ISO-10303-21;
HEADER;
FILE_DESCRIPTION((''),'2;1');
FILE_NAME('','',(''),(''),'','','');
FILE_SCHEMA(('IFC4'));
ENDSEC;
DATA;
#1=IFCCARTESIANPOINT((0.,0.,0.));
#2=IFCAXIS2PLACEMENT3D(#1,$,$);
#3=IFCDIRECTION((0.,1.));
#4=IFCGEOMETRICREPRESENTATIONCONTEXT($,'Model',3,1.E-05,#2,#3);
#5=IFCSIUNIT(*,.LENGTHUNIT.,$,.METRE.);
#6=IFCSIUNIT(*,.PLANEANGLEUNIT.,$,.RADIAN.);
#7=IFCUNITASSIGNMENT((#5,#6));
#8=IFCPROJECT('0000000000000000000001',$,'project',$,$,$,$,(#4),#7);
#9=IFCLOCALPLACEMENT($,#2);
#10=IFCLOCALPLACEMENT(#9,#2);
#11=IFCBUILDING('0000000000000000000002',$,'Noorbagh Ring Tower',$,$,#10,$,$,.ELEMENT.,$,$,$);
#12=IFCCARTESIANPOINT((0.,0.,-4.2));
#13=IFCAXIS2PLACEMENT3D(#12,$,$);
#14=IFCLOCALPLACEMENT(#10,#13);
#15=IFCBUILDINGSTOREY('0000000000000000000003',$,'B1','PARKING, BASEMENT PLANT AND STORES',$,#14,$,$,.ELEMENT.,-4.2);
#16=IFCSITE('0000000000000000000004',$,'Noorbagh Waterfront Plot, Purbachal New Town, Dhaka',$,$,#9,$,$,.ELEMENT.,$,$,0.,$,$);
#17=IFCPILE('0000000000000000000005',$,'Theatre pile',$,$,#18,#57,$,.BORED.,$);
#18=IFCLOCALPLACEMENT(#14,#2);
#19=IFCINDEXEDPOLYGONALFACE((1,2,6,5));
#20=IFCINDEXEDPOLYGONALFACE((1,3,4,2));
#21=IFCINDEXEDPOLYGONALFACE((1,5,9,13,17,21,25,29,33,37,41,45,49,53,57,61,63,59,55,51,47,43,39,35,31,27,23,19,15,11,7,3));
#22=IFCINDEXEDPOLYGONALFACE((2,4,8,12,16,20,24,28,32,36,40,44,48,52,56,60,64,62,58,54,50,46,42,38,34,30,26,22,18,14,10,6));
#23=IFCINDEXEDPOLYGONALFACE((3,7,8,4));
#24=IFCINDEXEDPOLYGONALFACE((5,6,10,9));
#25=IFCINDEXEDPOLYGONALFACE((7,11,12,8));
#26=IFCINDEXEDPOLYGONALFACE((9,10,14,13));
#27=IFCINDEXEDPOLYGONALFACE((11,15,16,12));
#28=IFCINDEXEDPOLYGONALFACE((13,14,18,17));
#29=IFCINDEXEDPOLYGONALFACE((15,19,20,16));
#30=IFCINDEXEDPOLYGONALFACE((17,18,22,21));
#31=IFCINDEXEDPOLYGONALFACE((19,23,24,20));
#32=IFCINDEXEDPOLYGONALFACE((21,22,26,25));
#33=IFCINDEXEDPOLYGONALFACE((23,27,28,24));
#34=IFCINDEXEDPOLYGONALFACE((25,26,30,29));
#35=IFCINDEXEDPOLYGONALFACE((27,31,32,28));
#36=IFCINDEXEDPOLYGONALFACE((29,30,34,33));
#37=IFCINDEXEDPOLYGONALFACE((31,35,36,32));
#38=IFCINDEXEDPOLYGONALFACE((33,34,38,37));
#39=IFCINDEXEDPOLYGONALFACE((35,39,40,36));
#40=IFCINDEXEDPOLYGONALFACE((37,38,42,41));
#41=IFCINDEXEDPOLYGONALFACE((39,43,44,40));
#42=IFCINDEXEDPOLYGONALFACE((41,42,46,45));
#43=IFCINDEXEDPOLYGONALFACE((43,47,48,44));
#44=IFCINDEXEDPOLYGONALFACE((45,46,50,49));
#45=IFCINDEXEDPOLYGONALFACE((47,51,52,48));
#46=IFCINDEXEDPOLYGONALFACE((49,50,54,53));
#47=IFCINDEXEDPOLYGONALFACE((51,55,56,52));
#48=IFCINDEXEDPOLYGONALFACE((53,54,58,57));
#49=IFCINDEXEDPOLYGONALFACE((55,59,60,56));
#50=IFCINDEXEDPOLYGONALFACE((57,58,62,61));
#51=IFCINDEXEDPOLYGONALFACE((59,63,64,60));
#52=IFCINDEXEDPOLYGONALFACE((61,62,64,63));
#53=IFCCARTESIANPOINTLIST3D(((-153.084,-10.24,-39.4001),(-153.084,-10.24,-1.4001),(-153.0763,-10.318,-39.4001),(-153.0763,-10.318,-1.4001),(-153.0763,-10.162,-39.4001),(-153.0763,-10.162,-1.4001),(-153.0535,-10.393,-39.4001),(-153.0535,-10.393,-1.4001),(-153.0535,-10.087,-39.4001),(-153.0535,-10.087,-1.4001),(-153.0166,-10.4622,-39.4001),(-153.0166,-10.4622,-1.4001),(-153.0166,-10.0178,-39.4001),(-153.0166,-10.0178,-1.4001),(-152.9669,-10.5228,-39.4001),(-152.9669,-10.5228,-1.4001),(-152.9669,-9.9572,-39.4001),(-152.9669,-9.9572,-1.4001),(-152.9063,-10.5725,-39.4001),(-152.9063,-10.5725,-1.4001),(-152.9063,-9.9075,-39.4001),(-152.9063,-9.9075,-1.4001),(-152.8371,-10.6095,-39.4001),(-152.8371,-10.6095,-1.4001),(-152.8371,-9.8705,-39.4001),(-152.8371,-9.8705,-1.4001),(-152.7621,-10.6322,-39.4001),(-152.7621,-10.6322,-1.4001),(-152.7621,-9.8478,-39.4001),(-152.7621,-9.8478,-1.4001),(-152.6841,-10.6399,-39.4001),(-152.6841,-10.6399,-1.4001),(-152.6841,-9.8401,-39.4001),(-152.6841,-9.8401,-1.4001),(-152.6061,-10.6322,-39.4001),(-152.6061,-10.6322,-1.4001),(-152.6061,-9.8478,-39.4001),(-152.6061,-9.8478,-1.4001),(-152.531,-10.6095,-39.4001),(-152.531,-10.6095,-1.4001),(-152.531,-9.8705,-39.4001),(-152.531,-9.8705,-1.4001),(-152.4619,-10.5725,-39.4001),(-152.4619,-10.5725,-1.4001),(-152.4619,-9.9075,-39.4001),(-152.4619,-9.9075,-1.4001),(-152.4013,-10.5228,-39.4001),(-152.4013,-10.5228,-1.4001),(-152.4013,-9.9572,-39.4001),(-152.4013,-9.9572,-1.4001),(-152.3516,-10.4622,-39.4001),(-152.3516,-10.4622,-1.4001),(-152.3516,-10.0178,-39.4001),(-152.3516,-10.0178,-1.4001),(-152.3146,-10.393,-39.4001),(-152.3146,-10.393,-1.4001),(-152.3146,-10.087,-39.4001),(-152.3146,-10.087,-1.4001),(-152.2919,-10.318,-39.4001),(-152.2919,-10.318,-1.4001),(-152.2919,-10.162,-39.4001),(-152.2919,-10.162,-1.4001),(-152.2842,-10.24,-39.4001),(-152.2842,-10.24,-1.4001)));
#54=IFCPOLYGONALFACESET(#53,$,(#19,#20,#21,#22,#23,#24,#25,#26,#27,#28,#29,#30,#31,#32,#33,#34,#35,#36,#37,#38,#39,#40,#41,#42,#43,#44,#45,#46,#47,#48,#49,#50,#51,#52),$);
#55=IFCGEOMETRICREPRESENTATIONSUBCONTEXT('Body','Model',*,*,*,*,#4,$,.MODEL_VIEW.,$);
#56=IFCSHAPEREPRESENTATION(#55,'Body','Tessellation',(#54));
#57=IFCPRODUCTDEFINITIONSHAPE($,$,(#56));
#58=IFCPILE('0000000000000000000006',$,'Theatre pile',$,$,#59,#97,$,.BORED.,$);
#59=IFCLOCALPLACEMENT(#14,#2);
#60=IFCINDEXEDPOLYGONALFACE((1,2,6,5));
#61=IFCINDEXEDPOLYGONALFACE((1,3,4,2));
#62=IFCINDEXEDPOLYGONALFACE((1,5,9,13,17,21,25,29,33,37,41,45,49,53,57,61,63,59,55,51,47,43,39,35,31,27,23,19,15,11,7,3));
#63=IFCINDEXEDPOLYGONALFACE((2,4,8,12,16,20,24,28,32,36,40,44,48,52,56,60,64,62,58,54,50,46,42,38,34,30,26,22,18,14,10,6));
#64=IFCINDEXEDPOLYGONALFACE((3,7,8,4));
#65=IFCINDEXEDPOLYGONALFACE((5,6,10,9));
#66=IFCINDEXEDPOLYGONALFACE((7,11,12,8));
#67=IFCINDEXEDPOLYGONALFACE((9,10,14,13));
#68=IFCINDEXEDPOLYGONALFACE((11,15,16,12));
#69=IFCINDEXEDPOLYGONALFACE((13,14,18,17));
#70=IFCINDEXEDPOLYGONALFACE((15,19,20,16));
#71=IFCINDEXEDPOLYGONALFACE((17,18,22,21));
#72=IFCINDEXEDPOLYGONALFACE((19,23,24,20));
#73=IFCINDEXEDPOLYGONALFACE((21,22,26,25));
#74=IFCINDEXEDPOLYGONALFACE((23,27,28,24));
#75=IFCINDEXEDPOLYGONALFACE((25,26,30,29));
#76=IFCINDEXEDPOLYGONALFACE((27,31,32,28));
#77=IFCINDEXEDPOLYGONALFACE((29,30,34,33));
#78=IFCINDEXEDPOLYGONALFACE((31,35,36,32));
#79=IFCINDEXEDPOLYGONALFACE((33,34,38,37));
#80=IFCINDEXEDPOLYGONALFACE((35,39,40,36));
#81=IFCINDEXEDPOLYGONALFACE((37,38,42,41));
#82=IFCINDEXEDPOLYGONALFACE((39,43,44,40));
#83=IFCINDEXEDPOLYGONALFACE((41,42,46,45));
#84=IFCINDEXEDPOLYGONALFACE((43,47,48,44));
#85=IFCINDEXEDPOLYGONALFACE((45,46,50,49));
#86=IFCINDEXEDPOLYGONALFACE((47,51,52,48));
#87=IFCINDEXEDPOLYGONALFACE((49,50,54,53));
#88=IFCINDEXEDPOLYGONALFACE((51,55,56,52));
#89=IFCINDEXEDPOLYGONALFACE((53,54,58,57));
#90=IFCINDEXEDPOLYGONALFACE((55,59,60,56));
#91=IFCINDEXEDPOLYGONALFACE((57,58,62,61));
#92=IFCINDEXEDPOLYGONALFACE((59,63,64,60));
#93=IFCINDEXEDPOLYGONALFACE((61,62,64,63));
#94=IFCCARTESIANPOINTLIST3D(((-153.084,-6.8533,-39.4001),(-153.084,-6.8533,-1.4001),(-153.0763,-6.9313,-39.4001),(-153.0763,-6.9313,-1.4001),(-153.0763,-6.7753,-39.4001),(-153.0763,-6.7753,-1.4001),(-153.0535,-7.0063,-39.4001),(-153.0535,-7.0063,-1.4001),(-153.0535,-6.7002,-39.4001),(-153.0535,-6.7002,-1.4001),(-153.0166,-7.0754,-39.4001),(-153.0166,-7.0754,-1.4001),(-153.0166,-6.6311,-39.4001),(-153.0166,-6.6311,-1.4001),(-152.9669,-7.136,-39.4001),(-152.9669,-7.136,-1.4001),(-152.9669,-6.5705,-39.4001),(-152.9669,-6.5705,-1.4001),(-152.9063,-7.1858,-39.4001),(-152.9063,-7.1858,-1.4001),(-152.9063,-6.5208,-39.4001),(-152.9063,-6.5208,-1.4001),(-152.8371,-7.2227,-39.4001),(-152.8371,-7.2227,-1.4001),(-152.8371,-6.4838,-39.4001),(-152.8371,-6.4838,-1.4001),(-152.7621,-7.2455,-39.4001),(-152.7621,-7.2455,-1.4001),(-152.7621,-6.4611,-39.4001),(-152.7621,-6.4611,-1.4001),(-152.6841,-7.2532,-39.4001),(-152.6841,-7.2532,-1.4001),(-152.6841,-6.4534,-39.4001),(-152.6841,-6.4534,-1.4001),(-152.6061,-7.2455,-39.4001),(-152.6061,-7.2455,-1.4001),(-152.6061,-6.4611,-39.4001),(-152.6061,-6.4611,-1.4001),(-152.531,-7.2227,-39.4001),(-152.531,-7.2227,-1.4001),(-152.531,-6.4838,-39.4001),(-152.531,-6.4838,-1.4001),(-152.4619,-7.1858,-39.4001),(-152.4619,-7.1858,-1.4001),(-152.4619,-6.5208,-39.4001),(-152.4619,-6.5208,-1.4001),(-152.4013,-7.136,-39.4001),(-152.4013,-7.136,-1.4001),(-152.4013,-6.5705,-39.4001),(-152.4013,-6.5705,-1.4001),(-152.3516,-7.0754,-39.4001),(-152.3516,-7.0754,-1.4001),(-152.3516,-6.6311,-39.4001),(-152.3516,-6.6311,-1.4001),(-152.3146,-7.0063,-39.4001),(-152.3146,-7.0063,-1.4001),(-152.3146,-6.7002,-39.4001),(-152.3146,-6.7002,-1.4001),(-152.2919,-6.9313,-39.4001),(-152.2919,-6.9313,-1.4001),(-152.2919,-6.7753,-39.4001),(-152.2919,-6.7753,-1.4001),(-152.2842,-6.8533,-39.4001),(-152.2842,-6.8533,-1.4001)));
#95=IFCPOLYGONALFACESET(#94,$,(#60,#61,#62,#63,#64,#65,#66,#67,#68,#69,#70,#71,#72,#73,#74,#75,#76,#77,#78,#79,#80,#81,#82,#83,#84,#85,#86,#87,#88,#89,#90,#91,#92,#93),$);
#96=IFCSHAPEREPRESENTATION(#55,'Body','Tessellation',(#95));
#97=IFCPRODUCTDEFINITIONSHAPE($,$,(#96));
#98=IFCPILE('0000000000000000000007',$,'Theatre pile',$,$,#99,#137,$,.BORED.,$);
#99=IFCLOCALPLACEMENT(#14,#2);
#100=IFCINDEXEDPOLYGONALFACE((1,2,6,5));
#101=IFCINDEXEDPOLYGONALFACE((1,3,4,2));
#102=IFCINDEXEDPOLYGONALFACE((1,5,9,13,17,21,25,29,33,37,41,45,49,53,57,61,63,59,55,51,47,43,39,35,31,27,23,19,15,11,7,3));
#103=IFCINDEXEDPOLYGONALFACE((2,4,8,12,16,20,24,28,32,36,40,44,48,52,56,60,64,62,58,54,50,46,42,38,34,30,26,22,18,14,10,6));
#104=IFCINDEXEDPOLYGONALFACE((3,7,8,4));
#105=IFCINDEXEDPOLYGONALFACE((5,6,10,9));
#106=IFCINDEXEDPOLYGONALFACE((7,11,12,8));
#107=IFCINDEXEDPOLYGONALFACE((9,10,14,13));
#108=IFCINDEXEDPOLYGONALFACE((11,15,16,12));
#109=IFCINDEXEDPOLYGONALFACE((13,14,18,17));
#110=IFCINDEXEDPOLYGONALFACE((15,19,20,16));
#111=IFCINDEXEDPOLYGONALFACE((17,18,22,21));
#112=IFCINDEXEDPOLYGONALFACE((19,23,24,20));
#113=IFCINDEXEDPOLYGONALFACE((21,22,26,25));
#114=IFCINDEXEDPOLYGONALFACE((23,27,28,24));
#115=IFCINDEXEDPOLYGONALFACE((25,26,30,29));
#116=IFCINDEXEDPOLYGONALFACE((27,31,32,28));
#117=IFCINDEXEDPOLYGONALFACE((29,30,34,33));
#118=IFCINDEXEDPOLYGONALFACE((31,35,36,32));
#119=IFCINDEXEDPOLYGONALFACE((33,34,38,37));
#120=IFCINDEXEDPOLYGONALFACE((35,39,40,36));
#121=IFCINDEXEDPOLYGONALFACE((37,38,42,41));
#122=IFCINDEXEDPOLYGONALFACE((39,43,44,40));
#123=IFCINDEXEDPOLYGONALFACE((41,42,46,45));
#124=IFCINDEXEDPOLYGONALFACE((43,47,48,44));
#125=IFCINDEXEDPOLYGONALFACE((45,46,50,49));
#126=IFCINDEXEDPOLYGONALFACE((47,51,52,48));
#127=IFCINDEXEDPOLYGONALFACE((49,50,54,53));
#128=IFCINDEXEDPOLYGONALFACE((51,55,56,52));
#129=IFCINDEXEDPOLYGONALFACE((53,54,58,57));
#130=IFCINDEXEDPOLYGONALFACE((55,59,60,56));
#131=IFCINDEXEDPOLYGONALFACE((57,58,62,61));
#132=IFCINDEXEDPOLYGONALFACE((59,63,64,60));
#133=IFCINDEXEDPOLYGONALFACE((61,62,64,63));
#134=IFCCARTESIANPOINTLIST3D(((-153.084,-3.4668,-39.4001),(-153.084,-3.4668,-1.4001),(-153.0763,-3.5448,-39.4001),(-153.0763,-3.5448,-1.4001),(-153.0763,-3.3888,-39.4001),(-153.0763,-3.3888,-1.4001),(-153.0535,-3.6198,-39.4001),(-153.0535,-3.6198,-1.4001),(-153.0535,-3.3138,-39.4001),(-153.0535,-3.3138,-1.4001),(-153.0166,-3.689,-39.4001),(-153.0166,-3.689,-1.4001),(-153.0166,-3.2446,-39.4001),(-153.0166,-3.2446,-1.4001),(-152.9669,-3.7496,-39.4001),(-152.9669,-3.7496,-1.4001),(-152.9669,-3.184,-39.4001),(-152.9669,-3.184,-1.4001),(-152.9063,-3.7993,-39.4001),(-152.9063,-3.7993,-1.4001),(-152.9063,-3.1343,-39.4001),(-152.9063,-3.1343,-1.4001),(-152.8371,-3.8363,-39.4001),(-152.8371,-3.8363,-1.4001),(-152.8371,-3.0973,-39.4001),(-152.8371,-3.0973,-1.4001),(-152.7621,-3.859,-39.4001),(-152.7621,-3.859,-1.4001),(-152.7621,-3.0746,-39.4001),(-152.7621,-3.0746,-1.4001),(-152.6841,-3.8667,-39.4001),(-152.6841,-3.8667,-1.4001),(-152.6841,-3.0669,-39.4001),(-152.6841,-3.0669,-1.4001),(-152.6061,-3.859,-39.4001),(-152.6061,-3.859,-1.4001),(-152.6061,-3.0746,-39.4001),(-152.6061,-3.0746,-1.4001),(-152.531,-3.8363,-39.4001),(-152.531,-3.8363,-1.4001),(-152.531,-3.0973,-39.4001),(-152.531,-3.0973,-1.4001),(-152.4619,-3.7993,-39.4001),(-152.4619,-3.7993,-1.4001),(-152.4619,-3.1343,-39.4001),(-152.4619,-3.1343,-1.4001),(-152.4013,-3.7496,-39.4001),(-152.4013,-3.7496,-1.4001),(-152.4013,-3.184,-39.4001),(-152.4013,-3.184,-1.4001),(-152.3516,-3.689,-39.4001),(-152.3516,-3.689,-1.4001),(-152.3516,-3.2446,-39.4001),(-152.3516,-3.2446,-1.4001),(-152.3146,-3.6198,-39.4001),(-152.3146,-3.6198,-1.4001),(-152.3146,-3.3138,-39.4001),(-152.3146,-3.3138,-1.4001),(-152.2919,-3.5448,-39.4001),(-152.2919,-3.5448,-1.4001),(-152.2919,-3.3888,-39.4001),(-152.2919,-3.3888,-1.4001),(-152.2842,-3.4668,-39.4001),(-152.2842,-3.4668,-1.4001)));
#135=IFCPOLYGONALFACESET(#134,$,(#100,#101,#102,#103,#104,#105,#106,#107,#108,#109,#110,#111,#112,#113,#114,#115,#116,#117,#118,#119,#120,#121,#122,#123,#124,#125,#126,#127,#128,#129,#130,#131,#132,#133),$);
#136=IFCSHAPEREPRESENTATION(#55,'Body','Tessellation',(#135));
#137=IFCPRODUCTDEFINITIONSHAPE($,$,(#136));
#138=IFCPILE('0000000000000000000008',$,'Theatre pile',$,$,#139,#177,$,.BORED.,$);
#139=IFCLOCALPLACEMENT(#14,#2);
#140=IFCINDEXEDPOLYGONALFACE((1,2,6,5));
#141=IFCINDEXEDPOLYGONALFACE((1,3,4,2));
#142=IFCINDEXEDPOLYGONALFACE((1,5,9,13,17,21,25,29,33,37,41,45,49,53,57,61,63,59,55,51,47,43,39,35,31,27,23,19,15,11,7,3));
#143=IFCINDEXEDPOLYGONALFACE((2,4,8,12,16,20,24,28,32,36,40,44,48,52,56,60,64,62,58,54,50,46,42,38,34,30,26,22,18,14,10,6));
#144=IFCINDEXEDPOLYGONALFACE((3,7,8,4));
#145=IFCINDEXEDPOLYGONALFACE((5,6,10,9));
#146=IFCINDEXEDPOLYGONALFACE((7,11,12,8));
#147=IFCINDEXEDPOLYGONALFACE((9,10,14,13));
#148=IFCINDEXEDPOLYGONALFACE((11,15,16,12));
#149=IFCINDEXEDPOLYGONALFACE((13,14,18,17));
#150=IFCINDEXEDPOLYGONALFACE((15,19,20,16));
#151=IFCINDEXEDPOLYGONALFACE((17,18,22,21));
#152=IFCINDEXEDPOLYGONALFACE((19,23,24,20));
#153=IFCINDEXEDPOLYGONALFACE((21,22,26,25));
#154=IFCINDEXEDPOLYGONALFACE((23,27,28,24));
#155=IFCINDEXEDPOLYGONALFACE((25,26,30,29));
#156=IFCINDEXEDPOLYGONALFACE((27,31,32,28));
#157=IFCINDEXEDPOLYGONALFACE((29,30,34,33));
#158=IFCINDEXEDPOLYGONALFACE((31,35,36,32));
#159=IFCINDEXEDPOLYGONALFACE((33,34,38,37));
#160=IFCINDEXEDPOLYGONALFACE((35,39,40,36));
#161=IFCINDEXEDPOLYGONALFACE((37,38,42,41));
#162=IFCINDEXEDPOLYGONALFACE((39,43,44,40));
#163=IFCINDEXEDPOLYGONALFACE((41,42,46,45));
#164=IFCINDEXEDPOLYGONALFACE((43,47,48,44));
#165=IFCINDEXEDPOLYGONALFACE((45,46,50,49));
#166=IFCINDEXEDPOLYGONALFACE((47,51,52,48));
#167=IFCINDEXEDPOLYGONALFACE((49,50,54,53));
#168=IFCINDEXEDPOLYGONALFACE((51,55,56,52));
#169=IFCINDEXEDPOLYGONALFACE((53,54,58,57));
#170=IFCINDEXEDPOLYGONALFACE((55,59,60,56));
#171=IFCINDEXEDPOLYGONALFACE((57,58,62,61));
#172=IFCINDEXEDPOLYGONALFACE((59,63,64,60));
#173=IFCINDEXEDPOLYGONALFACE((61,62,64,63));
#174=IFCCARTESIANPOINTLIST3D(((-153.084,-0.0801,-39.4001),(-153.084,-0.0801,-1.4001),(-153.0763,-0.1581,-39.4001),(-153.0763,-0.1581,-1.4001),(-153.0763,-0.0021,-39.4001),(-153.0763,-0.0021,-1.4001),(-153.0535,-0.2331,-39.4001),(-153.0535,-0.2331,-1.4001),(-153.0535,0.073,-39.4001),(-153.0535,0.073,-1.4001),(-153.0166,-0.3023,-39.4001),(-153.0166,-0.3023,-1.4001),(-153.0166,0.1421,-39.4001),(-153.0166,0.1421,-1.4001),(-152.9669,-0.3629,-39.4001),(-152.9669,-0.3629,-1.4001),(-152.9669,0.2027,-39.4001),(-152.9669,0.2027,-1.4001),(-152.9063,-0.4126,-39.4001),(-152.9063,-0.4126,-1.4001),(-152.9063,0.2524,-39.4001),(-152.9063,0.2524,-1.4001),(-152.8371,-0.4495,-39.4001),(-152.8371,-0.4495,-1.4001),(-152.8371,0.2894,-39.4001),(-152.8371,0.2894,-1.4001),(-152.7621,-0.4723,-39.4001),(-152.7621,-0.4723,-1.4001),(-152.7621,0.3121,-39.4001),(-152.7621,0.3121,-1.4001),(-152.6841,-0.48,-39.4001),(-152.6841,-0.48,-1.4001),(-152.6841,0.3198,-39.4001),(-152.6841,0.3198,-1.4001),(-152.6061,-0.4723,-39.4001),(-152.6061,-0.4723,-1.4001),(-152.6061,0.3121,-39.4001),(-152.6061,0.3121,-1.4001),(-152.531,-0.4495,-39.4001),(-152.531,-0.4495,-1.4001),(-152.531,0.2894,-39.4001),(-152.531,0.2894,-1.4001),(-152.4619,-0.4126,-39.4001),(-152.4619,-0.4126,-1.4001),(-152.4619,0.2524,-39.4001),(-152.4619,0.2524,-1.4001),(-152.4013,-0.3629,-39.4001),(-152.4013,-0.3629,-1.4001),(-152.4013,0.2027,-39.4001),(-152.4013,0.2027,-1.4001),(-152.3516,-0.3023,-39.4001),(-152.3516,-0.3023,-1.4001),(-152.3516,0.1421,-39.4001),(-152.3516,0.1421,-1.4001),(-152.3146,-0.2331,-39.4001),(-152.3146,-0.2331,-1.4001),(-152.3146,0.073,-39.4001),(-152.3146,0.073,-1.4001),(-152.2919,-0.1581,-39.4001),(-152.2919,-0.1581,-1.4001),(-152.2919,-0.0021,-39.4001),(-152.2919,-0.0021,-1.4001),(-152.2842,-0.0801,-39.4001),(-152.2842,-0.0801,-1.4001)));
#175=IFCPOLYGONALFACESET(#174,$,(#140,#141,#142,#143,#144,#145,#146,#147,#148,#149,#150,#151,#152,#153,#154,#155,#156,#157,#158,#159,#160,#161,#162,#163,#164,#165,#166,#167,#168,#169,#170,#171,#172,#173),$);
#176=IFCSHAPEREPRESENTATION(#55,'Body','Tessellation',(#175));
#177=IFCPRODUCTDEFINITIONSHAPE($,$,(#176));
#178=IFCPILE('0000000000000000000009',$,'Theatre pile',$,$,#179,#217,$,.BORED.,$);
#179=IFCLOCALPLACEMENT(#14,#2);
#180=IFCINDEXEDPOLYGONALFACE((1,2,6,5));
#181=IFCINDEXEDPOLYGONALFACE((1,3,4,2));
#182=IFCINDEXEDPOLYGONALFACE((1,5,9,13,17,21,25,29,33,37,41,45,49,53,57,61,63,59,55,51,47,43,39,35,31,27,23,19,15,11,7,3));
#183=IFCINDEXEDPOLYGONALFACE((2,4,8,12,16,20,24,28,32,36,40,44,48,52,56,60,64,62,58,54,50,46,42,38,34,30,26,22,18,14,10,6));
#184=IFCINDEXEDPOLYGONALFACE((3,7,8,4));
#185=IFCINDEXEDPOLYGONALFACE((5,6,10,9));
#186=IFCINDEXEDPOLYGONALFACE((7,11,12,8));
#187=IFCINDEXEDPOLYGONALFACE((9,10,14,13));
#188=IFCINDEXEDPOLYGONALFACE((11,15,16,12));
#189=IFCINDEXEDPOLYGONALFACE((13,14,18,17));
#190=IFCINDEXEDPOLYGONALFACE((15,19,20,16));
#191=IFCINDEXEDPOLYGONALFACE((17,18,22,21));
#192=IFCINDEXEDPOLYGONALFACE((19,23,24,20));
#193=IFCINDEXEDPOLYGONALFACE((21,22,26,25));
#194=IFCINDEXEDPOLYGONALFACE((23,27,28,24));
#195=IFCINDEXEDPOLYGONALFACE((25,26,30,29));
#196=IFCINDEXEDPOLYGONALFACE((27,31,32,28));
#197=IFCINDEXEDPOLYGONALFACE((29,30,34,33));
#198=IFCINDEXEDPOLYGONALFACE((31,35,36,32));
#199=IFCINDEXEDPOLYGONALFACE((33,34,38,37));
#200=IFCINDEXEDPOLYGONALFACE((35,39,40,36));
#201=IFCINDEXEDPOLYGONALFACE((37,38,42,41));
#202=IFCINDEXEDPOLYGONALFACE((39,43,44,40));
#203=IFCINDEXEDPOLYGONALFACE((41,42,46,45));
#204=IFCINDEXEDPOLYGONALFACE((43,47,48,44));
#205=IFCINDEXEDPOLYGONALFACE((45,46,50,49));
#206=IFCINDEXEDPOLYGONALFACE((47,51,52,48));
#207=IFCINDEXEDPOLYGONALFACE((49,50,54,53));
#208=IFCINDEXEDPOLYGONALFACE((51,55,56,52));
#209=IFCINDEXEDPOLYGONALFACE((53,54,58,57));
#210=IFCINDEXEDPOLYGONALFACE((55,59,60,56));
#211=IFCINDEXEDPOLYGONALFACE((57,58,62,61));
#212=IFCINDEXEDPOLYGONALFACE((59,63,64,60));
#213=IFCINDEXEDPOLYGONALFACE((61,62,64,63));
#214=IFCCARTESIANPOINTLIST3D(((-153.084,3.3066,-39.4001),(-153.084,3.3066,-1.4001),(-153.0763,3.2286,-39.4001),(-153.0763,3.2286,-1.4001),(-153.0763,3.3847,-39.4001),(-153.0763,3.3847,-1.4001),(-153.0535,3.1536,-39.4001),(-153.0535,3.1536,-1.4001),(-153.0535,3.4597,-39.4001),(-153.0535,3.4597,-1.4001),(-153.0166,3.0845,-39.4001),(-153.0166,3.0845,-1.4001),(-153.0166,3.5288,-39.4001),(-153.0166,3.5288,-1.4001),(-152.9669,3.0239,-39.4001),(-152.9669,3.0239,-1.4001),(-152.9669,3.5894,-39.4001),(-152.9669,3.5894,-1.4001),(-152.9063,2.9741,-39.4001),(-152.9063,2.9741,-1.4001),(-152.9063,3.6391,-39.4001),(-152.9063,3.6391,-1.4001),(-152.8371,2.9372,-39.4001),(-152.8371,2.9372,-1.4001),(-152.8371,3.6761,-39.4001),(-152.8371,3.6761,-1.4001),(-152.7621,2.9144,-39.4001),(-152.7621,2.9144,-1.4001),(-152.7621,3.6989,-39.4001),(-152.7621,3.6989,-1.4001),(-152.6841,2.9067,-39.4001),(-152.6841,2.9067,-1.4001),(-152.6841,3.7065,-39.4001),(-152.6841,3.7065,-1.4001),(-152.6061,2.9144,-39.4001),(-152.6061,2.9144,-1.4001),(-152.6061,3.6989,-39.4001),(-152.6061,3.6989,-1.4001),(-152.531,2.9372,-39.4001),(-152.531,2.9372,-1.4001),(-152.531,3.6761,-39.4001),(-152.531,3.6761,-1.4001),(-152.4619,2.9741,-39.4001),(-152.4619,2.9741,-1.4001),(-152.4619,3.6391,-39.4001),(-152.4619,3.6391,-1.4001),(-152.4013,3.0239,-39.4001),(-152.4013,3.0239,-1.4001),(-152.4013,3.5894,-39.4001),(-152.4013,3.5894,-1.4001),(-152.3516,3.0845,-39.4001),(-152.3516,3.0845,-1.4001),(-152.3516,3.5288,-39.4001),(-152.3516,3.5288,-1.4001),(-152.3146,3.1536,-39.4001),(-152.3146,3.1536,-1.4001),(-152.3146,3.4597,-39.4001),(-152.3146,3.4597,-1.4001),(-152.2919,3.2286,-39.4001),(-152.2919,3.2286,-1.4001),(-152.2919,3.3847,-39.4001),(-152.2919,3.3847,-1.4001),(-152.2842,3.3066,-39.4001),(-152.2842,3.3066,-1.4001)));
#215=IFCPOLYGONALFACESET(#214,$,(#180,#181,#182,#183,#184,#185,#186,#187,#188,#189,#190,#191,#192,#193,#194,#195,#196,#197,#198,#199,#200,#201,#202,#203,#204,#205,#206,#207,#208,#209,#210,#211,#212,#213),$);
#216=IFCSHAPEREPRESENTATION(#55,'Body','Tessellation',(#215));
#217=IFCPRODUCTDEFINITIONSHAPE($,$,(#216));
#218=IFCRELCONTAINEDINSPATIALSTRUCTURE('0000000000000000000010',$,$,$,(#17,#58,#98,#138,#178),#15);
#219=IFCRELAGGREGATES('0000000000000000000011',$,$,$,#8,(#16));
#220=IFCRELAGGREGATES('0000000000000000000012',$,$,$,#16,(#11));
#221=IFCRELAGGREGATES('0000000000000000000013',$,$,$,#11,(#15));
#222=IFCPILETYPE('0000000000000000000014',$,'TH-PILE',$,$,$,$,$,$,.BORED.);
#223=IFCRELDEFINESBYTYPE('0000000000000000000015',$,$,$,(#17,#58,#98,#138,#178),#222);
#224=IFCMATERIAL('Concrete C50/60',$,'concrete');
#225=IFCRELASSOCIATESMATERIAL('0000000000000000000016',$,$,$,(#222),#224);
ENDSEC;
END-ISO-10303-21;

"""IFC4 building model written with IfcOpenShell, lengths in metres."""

from ifc_helpers import new_model, si_unit, direction, frame, origin, origin_2d, place, context, subcontext, project, spatial, circle, extrude, material, material_profile, profile_set, type_object, element, save


model = new_model("IFC4")

# Units and contexts
model_context = context("Model", 3, precision=1e-05, world=origin(), true_north=direction((0.0, 1.0)))
body_context = subcontext(model_context, "Body", "Model", "MODEL_VIEW")
ifc_project = project(units=[si_unit("LENGTHUNIT", "METRE"), si_unit("PLANEANGLEUNIT", "RADIAN")], contexts=[model_context])

# Site, building, storey
site_placement = place(None, origin())
site = spatial("IfcSite", under=ifc_project, at=site_placement, Name="Noorbagh Waterfront Plot, Purbachal New Town, Dhaka", CompositionType="ELEMENT", RefElevation=0.0)
building_placement = place(site_placement, origin())
building = spatial("IfcBuilding", under=site, at=building_placement, Name="Noorbagh Ring Tower", CompositionType="ELEMENT")
storey_placement = place(building_placement, frame((0.0, 0.0, -4.2)))
storey = spatial("IfcBuildingStorey", under=building, at=storey_placement, Name="B1", Description="PARKING, BASEMENT PLANT AND STORES", CompositionType="ELEMENT", Elevation=-4.2)

# Piles
ifc_material_1 = material(Name="Concrete C50/60", Category="concrete")
ifc_material_profile_1 = material_profile(ifc_material_1, circle(Radius=0.3999, at=origin_2d()), Name="PILE800")
ifc_profile_set_1 = profile_set([ifc_material_profile_1], Name="Concrete C50/60")
pile_type = type_object("IfcPileType", Name="TH-PILE", PredefinedType="BORED", material=ifc_profile_set_1)
for number, where, z_axis, x_axis, name in (
    (1, (-152.6841, -10.24, -1.4001), (0.0, 0.0, -1.0), (1.0, 0.0, 0.0), "Theatre pile"),
    (2, (-152.6841, -6.8533, -1.4001), (0.0, 0.0, -1.0), (1.0, 0.0, 0.0), "Theatre pile"),
    (3, (-152.6841, -3.4668, -1.4001), (0.0, 0.0, -1.0), (1.0, 0.0, 0.0), "Theatre pile"),
    (4, (-152.6841, -0.0801, -1.4001), (0.0, 0.0, -1.0), (1.0, 0.0, 0.0), "Theatre pile"),
    (5, (-152.6841, 3.3066, -1.4001), (0.0, 0.0, -1.0), (1.0, 0.0, 0.0), "Theatre pile"),
):
    element("IfcPile", number, at=place(storey_placement, frame(where, z_axis=z_axis, x_axis=x_axis)), inside=storey, type_object=pile_type, Name=name, PredefinedType="BORED", context=body_context, shape_type="SweptSolid", body=[
        extrude(circle(Radius=0.3999, at=origin_2d()), origin(), (0.0, 0.0, 1.0), 38.0),
    ])

save(model, "model.ifc")
